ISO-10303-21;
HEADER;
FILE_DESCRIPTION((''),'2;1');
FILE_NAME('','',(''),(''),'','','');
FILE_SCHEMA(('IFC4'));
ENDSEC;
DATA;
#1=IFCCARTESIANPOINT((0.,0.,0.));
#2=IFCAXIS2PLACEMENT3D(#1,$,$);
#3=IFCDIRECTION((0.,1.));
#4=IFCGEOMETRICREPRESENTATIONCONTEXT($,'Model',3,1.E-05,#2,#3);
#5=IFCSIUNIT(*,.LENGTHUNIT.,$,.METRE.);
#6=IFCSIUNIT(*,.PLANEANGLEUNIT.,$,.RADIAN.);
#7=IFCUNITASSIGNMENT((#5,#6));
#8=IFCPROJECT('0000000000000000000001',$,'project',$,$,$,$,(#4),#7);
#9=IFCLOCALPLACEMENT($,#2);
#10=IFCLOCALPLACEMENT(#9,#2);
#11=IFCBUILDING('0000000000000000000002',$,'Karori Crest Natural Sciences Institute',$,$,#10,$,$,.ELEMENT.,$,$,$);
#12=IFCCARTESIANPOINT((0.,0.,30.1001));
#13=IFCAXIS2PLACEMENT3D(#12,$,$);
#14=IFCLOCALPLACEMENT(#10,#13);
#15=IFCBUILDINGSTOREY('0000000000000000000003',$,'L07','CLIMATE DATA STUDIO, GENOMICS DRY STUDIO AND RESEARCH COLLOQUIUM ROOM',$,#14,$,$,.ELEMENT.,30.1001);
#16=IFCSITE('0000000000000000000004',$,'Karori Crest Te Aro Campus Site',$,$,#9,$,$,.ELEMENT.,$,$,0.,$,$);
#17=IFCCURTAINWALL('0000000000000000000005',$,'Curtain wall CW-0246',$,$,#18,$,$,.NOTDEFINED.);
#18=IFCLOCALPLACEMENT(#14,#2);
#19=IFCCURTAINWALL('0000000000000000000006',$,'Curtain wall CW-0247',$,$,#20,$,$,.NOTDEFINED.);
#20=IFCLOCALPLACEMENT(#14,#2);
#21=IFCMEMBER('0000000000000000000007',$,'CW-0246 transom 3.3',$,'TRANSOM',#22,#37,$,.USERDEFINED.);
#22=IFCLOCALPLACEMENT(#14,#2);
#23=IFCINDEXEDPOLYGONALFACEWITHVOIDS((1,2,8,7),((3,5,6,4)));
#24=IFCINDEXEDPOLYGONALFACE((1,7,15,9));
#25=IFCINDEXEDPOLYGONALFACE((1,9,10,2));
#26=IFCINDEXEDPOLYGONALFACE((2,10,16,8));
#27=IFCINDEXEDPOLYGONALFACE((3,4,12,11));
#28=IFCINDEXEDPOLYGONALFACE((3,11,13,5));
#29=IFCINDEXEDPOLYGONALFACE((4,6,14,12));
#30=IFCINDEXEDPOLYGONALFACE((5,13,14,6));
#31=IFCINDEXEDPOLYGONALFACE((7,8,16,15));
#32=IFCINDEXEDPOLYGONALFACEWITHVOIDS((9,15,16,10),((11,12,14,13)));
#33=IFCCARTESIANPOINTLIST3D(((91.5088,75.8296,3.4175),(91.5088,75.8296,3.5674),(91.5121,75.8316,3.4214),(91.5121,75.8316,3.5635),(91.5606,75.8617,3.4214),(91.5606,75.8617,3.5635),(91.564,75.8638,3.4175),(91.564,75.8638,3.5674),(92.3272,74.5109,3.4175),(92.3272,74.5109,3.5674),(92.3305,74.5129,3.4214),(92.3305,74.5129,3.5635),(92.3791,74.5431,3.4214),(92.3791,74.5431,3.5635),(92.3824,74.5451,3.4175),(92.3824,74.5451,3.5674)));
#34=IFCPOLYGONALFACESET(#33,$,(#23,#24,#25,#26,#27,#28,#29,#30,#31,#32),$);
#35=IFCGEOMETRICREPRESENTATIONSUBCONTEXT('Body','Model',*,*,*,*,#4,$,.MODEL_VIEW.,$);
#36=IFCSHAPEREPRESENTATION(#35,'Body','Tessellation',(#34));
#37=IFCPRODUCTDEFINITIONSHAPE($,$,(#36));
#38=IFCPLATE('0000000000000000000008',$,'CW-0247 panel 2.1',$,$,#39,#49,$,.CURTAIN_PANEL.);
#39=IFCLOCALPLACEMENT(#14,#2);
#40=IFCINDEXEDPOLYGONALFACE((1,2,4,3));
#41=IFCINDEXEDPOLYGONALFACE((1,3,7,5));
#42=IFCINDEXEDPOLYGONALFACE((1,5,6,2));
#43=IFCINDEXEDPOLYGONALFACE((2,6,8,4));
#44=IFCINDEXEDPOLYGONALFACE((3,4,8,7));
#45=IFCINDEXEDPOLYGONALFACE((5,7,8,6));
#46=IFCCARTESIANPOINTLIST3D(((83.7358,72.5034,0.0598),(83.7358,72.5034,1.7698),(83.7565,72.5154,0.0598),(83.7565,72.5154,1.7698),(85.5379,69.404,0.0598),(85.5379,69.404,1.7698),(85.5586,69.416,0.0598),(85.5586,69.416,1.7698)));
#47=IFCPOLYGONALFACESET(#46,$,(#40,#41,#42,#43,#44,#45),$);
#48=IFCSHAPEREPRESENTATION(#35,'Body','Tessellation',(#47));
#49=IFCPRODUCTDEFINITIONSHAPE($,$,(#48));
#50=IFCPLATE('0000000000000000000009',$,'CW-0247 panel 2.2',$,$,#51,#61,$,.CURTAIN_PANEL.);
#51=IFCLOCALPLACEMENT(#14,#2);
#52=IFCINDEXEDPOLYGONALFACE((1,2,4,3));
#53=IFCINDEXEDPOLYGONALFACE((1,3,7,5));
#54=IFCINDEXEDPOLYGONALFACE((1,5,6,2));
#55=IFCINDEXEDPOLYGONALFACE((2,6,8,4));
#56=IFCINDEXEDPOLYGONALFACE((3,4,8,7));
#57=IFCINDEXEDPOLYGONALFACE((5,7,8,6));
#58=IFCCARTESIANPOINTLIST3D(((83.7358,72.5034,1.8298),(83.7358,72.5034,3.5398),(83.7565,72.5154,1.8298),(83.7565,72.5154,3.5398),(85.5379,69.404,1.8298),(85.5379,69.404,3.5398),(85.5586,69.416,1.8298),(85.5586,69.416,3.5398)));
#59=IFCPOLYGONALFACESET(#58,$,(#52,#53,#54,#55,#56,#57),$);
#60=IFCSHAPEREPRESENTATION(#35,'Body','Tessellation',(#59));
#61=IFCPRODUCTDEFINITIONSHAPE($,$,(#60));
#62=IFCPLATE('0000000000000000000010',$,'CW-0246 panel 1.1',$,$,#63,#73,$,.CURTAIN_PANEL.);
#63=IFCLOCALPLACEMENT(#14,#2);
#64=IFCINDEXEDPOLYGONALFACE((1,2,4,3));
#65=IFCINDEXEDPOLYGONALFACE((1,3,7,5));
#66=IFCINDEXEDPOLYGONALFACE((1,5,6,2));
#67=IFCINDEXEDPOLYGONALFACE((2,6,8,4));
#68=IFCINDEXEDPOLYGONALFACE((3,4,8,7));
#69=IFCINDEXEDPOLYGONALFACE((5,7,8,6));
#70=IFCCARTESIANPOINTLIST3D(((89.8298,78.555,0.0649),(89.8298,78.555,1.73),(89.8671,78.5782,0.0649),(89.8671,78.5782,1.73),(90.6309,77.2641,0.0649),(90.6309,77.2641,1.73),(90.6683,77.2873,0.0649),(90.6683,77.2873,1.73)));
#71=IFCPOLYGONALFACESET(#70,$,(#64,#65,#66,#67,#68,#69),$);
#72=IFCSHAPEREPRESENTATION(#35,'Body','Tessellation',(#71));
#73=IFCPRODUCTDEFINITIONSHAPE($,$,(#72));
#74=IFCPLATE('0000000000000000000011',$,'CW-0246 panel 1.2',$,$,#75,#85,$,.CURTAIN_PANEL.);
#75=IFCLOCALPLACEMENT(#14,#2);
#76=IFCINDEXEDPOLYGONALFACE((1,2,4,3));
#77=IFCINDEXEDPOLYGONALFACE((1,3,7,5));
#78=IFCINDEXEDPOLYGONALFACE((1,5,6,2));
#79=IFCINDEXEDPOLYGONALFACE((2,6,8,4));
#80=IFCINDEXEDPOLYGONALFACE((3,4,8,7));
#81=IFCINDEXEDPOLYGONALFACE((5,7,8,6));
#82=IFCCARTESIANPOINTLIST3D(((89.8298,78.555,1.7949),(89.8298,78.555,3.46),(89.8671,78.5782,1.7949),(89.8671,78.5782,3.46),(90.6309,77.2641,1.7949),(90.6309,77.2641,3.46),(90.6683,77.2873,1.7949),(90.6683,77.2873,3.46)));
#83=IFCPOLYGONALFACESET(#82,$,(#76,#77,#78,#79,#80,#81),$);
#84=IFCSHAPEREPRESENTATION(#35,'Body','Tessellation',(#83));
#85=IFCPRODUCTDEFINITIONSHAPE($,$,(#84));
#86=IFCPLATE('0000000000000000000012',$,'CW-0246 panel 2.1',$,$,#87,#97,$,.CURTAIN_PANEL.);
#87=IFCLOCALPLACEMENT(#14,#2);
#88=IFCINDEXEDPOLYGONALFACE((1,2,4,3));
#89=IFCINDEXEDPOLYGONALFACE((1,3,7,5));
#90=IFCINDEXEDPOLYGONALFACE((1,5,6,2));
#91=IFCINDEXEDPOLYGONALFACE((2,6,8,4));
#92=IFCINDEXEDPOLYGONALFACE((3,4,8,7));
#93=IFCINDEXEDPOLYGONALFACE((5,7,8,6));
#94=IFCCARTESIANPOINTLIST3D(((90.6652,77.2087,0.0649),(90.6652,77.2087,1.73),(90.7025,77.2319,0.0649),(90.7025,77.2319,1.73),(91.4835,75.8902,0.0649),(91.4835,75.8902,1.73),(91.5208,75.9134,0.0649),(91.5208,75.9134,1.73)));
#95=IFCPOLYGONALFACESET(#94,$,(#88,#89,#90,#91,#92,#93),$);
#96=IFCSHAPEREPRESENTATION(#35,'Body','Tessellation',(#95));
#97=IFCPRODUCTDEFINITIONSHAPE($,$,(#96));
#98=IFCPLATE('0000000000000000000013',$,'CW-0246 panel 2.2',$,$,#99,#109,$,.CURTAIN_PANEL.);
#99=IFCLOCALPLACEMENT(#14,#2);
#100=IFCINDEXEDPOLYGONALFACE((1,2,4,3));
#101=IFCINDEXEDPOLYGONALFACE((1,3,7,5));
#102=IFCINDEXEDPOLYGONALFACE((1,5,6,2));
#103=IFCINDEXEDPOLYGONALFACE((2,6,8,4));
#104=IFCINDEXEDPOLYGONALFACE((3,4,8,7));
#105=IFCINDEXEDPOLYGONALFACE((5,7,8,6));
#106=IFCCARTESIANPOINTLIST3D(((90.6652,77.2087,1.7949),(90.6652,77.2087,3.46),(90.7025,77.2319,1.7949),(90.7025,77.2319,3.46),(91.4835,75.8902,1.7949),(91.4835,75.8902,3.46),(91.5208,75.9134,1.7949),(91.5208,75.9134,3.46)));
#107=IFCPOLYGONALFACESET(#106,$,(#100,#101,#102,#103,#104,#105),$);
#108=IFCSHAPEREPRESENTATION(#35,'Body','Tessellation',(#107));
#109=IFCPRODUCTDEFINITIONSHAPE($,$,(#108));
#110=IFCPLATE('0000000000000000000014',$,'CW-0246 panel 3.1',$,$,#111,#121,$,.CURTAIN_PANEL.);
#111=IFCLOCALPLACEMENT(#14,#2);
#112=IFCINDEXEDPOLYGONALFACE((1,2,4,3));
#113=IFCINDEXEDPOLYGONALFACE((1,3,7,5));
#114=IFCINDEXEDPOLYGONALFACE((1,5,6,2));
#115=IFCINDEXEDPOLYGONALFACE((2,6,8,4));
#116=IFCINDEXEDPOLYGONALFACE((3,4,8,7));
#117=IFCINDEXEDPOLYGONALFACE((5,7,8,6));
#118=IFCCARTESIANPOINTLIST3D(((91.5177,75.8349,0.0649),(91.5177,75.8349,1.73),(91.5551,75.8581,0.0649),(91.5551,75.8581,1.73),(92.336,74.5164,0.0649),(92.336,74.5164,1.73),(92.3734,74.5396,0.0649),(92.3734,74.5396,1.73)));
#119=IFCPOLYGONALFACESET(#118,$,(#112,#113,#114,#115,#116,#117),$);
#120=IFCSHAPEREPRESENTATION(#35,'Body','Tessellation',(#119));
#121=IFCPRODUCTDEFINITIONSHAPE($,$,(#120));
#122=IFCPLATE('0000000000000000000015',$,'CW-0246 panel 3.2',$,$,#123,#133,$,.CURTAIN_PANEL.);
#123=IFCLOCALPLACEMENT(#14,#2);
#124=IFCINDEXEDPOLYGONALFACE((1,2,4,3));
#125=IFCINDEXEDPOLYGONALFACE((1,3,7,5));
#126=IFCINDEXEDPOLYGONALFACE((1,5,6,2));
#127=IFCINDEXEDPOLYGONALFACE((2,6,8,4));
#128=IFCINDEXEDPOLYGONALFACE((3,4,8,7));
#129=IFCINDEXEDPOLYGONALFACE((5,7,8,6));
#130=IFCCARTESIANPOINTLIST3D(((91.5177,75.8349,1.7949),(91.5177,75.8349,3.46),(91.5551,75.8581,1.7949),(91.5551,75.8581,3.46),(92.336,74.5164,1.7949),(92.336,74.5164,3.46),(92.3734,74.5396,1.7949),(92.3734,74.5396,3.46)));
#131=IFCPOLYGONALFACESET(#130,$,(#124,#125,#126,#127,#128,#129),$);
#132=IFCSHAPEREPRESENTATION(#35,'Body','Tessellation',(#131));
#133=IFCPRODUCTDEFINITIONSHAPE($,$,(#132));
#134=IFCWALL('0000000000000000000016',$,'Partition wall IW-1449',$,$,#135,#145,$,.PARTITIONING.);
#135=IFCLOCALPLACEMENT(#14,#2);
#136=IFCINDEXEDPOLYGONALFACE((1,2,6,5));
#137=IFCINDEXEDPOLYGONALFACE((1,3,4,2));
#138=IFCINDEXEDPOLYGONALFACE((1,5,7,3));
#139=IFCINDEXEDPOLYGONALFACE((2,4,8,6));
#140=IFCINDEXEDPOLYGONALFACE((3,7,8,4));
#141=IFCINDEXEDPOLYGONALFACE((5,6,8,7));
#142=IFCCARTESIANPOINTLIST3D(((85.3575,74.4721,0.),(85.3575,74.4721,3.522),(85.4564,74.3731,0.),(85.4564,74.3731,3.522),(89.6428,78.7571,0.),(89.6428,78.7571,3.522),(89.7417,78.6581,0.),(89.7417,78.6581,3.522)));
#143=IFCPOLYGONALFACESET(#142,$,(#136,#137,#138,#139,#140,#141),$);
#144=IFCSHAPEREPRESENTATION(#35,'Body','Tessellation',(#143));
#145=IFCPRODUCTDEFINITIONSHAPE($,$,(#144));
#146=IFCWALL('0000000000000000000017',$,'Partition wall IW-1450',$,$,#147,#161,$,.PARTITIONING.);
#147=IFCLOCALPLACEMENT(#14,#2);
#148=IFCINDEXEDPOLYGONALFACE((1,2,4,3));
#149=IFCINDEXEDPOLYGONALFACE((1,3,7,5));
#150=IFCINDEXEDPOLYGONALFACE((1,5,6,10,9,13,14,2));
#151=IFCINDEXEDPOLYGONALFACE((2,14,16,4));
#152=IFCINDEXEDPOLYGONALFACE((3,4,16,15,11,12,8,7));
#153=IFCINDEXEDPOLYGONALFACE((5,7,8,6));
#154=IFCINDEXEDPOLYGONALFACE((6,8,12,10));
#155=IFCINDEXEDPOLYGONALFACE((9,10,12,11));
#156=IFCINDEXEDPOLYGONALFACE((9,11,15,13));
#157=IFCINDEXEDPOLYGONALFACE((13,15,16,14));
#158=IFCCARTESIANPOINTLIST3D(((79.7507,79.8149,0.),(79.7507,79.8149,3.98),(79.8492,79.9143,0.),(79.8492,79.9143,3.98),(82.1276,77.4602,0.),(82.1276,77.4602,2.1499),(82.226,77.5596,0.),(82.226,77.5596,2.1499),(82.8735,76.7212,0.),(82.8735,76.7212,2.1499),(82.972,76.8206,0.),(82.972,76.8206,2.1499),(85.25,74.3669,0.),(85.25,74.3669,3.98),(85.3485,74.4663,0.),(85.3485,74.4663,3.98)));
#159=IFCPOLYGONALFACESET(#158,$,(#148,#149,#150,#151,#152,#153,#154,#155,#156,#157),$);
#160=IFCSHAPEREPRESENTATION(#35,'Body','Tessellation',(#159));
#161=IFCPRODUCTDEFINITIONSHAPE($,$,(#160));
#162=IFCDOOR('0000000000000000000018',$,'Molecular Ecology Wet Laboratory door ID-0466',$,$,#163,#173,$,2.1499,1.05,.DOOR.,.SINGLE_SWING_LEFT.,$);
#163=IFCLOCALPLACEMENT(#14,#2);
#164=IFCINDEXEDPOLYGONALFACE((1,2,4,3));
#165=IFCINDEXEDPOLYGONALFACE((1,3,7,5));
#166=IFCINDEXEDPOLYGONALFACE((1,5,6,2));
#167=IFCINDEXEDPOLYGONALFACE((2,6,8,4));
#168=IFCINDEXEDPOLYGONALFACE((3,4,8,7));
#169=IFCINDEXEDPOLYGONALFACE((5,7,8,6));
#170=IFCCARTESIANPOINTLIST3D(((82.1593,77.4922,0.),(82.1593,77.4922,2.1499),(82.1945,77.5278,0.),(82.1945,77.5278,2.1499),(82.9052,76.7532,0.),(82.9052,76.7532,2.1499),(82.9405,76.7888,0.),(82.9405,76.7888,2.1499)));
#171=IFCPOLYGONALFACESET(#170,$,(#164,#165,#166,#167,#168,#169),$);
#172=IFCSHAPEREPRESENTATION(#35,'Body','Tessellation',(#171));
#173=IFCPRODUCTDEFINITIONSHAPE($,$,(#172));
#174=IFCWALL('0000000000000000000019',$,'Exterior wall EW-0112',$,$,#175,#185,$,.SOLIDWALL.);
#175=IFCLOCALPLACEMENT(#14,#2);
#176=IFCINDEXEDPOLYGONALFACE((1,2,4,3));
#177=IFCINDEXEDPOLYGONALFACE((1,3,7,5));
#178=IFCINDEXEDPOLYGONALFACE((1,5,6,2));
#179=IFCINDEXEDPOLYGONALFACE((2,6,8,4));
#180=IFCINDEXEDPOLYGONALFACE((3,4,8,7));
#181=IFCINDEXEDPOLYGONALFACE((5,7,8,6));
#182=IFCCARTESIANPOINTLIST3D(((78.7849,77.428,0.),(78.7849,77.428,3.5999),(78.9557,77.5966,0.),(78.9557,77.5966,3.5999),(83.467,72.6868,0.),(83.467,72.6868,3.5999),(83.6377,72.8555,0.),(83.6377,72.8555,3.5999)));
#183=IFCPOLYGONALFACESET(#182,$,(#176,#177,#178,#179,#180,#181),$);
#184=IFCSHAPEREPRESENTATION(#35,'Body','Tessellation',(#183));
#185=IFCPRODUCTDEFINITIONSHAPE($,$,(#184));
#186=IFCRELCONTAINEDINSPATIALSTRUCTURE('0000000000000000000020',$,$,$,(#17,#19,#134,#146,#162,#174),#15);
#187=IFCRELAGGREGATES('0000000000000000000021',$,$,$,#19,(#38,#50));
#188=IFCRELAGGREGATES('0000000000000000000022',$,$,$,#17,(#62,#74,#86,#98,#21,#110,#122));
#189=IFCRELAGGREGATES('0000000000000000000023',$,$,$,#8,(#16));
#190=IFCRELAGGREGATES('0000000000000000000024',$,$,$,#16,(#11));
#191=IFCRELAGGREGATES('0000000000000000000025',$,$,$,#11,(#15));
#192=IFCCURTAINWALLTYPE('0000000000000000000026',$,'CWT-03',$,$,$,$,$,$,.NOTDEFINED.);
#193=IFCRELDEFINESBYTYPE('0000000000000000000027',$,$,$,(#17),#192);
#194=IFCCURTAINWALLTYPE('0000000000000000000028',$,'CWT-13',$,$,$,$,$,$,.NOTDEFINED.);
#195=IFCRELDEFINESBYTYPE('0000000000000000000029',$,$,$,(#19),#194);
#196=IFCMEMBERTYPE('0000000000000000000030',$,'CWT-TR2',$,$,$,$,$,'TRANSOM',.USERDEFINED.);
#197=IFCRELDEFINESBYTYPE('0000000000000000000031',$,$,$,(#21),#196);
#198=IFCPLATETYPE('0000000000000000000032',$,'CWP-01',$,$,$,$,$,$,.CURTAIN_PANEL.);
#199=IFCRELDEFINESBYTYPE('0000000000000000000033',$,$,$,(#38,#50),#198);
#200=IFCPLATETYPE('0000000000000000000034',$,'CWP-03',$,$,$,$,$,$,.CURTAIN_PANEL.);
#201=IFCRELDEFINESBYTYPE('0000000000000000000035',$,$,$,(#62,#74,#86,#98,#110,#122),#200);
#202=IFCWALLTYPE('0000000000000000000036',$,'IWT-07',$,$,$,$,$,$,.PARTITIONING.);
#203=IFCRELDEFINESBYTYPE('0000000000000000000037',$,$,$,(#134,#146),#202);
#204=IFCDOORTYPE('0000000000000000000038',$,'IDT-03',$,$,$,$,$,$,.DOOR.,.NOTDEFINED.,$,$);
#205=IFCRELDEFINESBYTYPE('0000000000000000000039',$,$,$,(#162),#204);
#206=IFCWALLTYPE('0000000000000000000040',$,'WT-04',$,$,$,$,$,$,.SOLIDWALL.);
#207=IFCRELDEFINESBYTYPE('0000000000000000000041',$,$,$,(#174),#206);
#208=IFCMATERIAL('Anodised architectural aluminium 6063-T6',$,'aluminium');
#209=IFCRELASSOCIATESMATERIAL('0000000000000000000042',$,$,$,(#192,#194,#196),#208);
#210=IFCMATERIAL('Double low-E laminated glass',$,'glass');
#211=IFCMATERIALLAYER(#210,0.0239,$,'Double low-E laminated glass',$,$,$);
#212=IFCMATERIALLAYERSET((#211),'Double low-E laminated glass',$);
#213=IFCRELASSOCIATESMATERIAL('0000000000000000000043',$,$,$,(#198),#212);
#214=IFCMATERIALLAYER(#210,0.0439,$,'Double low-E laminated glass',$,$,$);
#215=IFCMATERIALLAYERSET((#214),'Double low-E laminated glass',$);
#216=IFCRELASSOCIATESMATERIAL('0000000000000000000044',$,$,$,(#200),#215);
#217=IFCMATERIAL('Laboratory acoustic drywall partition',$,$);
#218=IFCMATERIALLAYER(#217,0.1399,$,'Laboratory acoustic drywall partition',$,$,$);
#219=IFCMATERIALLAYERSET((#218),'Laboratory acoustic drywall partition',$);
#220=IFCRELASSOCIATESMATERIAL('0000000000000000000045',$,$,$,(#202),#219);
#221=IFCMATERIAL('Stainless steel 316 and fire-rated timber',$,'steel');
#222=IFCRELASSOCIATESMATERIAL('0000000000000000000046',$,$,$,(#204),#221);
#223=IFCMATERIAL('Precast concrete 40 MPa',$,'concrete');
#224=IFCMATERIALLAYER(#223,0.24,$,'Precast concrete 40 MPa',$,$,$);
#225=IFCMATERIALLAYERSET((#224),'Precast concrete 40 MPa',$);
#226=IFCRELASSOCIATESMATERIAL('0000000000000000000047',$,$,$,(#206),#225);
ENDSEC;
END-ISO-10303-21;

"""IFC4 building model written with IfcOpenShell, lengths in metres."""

from ifc_helpers import new_model, si_unit, direction, frame, frame_2d, origin, origin_2d, place, context, subcontext, project, spatial, rectangle, hollow_rectangle, extrude, material, layer, layer_set, material_profile, profile_set, type_object, element, fill, aggregate, save


model = new_model("IFC4")

# Units and contexts
model_context = context("Model", 3, precision=1e-05, world=origin(), true_north=direction((0.0, 1.0)))
body_context = subcontext(model_context, "Body", "Model", "MODEL_VIEW")
ifc_project = project(units=[si_unit("LENGTHUNIT", "METRE"), si_unit("PLANEANGLEUNIT", "RADIAN")], contexts=[model_context])

# Site, building, storey
site_placement = place(None, origin())
site = spatial("IfcSite", under=ifc_project, at=site_placement, Name="Karori Crest Te Aro Campus Site", CompositionType="ELEMENT", RefElevation=0.0)
building_placement = place(site_placement, origin())
building = spatial("IfcBuilding", under=site, at=building_placement, Name="Karori Crest Natural Sciences Institute", CompositionType="ELEMENT")
storey_placement = place(building_placement, frame((0.0, 0.0, 30.1001)))
storey = spatial("IfcBuildingStorey", under=building, at=storey_placement, Name="L07", Description="CLIMATE DATA STUDIO, GENOMICS DRY STUDIO AND RESEARCH COLLOQUIUM ROOM", CompositionType="ELEMENT", Elevation=30.1001)

# Curtain wall
ifc_material_1 = material(Name="Anodised architectural aluminium 6063-T6", Category="aluminium")
curtain_wall_type_1 = type_object("IfcCurtainWallType", Name="CWT-03", PredefinedType="NOTDEFINED", material=ifc_material_1)
curtain_wall_1_placement = place(storey_placement, origin())
curtain_wall_1 = element("IfcCurtainWall", 1, at=curtain_wall_1_placement, inside=storey, type_object=curtain_wall_type_1, Name="Curtain wall CW-0246", PredefinedType="NOTDEFINED")

# Curtain wall
curtain_wall_type_2 = type_object("IfcCurtainWallType", Name="CWT-13", PredefinedType="NOTDEFINED", material=ifc_material_1)
curtain_wall_2_placement = place(storey_placement, origin())
curtain_wall_2 = element("IfcCurtainWall", 2, at=curtain_wall_2_placement, inside=storey, type_object=curtain_wall_type_2, Name="Curtain wall CW-0247", PredefinedType="NOTDEFINED")

# Member
ifc_material_profile_1 = material_profile(ifc_material_1, hollow_rectangle(XDim=0.0649, YDim=0.1499, WallThickness=0.0039, at=origin_2d()), Name="CWT150x65x4")
ifc_profile_set_1 = profile_set([ifc_material_profile_1], Name="Anodised architectural aluminium 6063-T6")
member_type_1 = type_object("IfcMemberType", Name="CWT-TR2", ElementType="TRANSOM", PredefinedType="USERDEFINED", material=ifc_profile_set_1)
member_1_placement = place(storey_placement, frame((91.5364, 75.8467, 3.4924), z_axis=(0.527324, -0.849664, 0.0), x_axis=(0.849664, 0.527324, 0.0)))
member_1 = element("IfcMember", 3, at=member_1_placement, type_object=member_type_1, Name="CW-0246 transom 3.3", ObjectType="TRANSOM", PredefinedType="USERDEFINED", context=body_context, shape_type="SweptSolid", body=[
    extrude(hollow_rectangle(XDim=0.0649, YDim=0.1499, WallThickness=0.0039, at=origin_2d()), origin(), (0.0, 0.0, 1.0), 1.552),
])

# Plates
ifc_material_2 = material(Name="Double low-E laminated glass", Category="glass")
ifc_layer_1 = layer(ifc_material_2, 0.0239, Name="Double low-E laminated glass")
ifc_layer_set_1 = layer_set([ifc_layer_1], Name="Double low-E laminated glass")
plate_type_1 = type_object("IfcPlateType", Name="CWP-01", PredefinedType="CURTAIN_PANEL", material=ifc_layer_set_1)
plate_1_placement = place(storey_placement, frame((84.6472, 70.9597, 0.0598), z_axis=(0.0, 0.0, 1.0), x_axis=(-0.502655, 0.864487, 0.0)))
plate_1 = element("IfcPlate", 4, at=plate_1_placement, type_object=plate_type_1, Name="CW-0247 panel 2.1", PredefinedType="CURTAIN_PANEL", context=body_context, shape_type="SweptSolid", body=[
    extrude(rectangle(XDim=3.5852, YDim=0.0239, at=origin_2d()), origin(), (0.0, 0.0, 1.0), 1.71),
])
plate_2_placement = place(storey_placement, frame((84.6472, 70.9597, 1.8298), z_axis=(0.0, 0.0, 1.0), x_axis=(-0.502655, 0.864487, 0.0)))
plate_2 = element("IfcPlate", 5, at=plate_2_placement, type_object=plate_type_1, Name="CW-0247 panel 2.2", PredefinedType="CURTAIN_PANEL", context=body_context, shape_type="SweptSolid", body=[
    extrude(rectangle(XDim=3.5852, YDim=0.0239, at=origin_2d()), origin(), (0.0, 0.0, 1.0), 1.71),
])
aggregate(curtain_wall_2, [plate_1, plate_2])
ifc_layer_2 = layer(ifc_material_2, 0.0439, Name="Double low-E laminated glass")
ifc_layer_set_2 = layer_set([ifc_layer_2], Name="Double low-E laminated glass")
plate_type_2 = type_object("IfcPlateType", Name="CWP-03", PredefinedType="CURTAIN_PANEL", material=ifc_layer_set_2)
plate_3_placement = place(storey_placement, frame((90.249, 77.9211, 0.0649), z_axis=(0.0, 0.0, 1.0), x_axis=(0.527328, -0.849662, 0.0)))
plate_3 = element("IfcPlate", 6, at=plate_3_placement, type_object=plate_type_2, Name="CW-0246 panel 1.1", PredefinedType="CURTAIN_PANEL", context=body_context, shape_type="SweptSolid", body=[
    extrude(rectangle(XDim=1.5193, YDim=0.0439, at=origin_2d()), origin(), (0.0, 0.0, 1.0), 1.665),
])
plate_4_placement = place(storey_placement, frame((90.249, 77.9211, 1.7949), z_axis=(0.0, 0.0, 1.0), x_axis=(0.527328, -0.849662, 0.0)))
plate_4 = element("IfcPlate", 7, at=plate_4_placement, type_object=plate_type_2, Name="CW-0246 panel 1.2", PredefinedType="CURTAIN_PANEL", context=body_context, shape_type="SweptSolid", body=[
    extrude(rectangle(XDim=1.5193, YDim=0.0439, at=origin_2d()), origin(), (0.0, 0.0, 1.0), 1.665),
])
plate_5_placement = place(storey_placement, frame((91.093, 76.561, 0.0649), z_axis=(0.0, 0.0, 1.0), x_axis=(0.527328, -0.849662, 0.0)))
plate_5 = element("IfcPlate", 8, at=plate_5_placement, type_object=plate_type_2, Name="CW-0246 panel 2.1", PredefinedType="CURTAIN_PANEL", context=body_context, shape_type="SweptSolid", body=[
    extrude(rectangle(XDim=1.5518, YDim=0.0439, at=origin_2d()), origin(), (0.0, 0.0, 1.0), 1.665),
])
plate_6_placement = place(storey_placement, frame((91.093, 76.561, 1.7949), z_axis=(0.0, 0.0, 1.0), x_axis=(0.527328, -0.849662, 0.0)))
plate_6 = element("IfcPlate", 9, at=plate_6_placement, type_object=plate_type_2, Name="CW-0246 panel 2.2", PredefinedType="CURTAIN_PANEL", context=body_context, shape_type="SweptSolid", body=[
    extrude(rectangle(XDim=1.5518, YDim=0.0439, at=origin_2d()), origin(), (0.0, 0.0, 1.0), 1.665),
])
plate_7_placement = place(storey_placement, frame((91.9456, 75.1873, 0.0649), z_axis=(0.0, 0.0, 1.0), x_axis=(0.527328, -0.849662, 0.0)))
plate_7 = element("IfcPlate", 10, at=plate_7_placement, type_object=plate_type_2, Name="CW-0246 panel 3.1", PredefinedType="CURTAIN_PANEL", context=body_context, shape_type="SweptSolid", body=[
    extrude(rectangle(XDim=1.5518, YDim=0.0439, at=origin_2d()), origin(), (0.0, 0.0, 1.0), 1.665),
])
plate_8_placement = place(storey_placement, frame((91.9456, 75.1873, 1.7949), z_axis=(0.0, 0.0, 1.0), x_axis=(0.527328, -0.849662, 0.0)))
plate_8 = element("IfcPlate", 11, at=plate_8_placement, type_object=plate_type_2, Name="CW-0246 panel 3.2", PredefinedType="CURTAIN_PANEL", context=body_context, shape_type="SweptSolid", body=[
    extrude(rectangle(XDim=1.5518, YDim=0.0439, at=origin_2d()), origin(), (0.0, 0.0, 1.0), 1.665),
])
aggregate(curtain_wall_1, [plate_3, plate_4, plate_5, plate_6, member_1, plate_7, plate_8])

# Wall
ifc_material_3 = material(Name="Laboratory acoustic drywall partition")
ifc_layer_3 = layer(ifc_material_3, 0.1399, Name="Laboratory acoustic drywall partition")
ifc_layer_set_3 = layer_set([ifc_layer_3], Name="Laboratory acoustic drywall partition")
wall_type_1 = type_object("IfcWallType", Name="IWT-07", PredefinedType="PARTITIONING", material=ifc_layer_set_3)
wall_1_placement = place(storey_placement, frame((85.407, 74.4226, 0.0), z_axis=(0.0, 0.0, 1.0), x_axis=(0.707127, 0.707087, 0.0)))
element("IfcWall", 12, at=wall_1_placement, inside=storey, type_object=wall_type_1, Name="Partition wall IW-1449", PredefinedType="PARTITIONING", context=body_context, shape_type="SweptSolid", body=[
    extrude(rectangle(XDim=6.0601, YDim=0.1399, at=frame_2d((3.03, 0.0))), origin(), (0.0, 0.0, 1.0), 3.522),
])

# Wall, opening, door
wall_2_placement = place(storey_placement, frame((85.2993, 74.4165, 0.0), z_axis=(0.0, 0.0, 1.0), x_axis=(-0.710411, 0.703787, 0.0)))
wall_2 = element("IfcWall", 13, at=wall_2_placement, inside=storey, type_object=wall_type_1, Name="Partition wall IW-1450", PredefinedType="PARTITIONING", context=body_context, shape_type="SweptSolid", body=[
    extrude(rectangle(XDim=7.741, YDim=0.1399, at=frame_2d((3.8706, 0.0))), origin(), (0.0, 0.0, 1.0), 3.98),
])
opening_placement = place(wall_2_placement, frame((3.3455, 0.0, 0.0)))
opening = element("IfcOpeningElement", 14, at=opening_placement, cuts=wall_2, PredefinedType="OPENING", context=body_context, shape_type="SweptSolid", body=[
    extrude(rectangle(XDim=1.05, YDim=2.1499, at=frame_2d((0.5249, 1.075))), frame((0.0, 0.0801, 0.0), z_axis=(0.0, -1.0, 0.0), x_axis=(1.0, 0.0, 0.0)), (0.0, 0.0, 1.0), 0.1599),
])
ifc_material_4 = material(Name="Stainless steel 316 and fire-rated timber", Category="steel")
door_type = type_object("IfcDoorType", Name="IDT-03", OperationType="NOTDEFINED", PredefinedType="DOOR", material=ifc_material_4)
door_placement = place(opening_placement, origin())
door = element("IfcDoor", 15, at=door_placement, inside=storey, type_object=door_type, Name="Molecular Ecology Wet Laboratory door ID-0466", OperationType="SINGLE_SWING_LEFT", OverallHeight=2.1499, OverallWidth=1.05, PredefinedType="DOOR", context=body_context, shape_type="SweptSolid", body=[
    extrude(rectangle(XDim=1.05, YDim=2.1499, at=frame_2d((0.5249, 1.075))), frame((0.0, 0.0249, 0.0), z_axis=(0.0, -1.0, 0.0), x_axis=(1.0, 0.0, 0.0)), (0.0, 0.0, 1.0), 0.05),
])
fill(opening, door)

# Wall
ifc_material_5 = material(Name="Precast concrete 40 MPa", Category="concrete")
ifc_layer_4 = layer(ifc_material_5, 0.24, Name="Precast concrete 40 MPa")
ifc_layer_set_4 = layer_set([ifc_layer_4], Name="Precast concrete 40 MPa")
wall_type_2 = type_object("IfcWallType", Name="WT-04", PredefinedType="SOLIDWALL", material=ifc_layer_set_4)
wall_3_placement = place(storey_placement, frame((83.5522, 72.7712, 0.0), z_axis=(0.0, 0.0, 1.0), x_axis=(-0.70266, 0.711526, 0.0)))
element("IfcWall", 16, at=wall_3_placement, inside=storey, type_object=wall_type_2, Name="Exterior wall EW-0112", PredefinedType="SOLIDWALL", context=body_context, shape_type="SweptSolid", body=[
    extrude(rectangle(XDim=6.6633, YDim=0.24, at=frame_2d((3.3315, 0.0))), origin(), (0.0, 0.0, 1.0), 3.5999),
])

save(model, "model.ifc")
